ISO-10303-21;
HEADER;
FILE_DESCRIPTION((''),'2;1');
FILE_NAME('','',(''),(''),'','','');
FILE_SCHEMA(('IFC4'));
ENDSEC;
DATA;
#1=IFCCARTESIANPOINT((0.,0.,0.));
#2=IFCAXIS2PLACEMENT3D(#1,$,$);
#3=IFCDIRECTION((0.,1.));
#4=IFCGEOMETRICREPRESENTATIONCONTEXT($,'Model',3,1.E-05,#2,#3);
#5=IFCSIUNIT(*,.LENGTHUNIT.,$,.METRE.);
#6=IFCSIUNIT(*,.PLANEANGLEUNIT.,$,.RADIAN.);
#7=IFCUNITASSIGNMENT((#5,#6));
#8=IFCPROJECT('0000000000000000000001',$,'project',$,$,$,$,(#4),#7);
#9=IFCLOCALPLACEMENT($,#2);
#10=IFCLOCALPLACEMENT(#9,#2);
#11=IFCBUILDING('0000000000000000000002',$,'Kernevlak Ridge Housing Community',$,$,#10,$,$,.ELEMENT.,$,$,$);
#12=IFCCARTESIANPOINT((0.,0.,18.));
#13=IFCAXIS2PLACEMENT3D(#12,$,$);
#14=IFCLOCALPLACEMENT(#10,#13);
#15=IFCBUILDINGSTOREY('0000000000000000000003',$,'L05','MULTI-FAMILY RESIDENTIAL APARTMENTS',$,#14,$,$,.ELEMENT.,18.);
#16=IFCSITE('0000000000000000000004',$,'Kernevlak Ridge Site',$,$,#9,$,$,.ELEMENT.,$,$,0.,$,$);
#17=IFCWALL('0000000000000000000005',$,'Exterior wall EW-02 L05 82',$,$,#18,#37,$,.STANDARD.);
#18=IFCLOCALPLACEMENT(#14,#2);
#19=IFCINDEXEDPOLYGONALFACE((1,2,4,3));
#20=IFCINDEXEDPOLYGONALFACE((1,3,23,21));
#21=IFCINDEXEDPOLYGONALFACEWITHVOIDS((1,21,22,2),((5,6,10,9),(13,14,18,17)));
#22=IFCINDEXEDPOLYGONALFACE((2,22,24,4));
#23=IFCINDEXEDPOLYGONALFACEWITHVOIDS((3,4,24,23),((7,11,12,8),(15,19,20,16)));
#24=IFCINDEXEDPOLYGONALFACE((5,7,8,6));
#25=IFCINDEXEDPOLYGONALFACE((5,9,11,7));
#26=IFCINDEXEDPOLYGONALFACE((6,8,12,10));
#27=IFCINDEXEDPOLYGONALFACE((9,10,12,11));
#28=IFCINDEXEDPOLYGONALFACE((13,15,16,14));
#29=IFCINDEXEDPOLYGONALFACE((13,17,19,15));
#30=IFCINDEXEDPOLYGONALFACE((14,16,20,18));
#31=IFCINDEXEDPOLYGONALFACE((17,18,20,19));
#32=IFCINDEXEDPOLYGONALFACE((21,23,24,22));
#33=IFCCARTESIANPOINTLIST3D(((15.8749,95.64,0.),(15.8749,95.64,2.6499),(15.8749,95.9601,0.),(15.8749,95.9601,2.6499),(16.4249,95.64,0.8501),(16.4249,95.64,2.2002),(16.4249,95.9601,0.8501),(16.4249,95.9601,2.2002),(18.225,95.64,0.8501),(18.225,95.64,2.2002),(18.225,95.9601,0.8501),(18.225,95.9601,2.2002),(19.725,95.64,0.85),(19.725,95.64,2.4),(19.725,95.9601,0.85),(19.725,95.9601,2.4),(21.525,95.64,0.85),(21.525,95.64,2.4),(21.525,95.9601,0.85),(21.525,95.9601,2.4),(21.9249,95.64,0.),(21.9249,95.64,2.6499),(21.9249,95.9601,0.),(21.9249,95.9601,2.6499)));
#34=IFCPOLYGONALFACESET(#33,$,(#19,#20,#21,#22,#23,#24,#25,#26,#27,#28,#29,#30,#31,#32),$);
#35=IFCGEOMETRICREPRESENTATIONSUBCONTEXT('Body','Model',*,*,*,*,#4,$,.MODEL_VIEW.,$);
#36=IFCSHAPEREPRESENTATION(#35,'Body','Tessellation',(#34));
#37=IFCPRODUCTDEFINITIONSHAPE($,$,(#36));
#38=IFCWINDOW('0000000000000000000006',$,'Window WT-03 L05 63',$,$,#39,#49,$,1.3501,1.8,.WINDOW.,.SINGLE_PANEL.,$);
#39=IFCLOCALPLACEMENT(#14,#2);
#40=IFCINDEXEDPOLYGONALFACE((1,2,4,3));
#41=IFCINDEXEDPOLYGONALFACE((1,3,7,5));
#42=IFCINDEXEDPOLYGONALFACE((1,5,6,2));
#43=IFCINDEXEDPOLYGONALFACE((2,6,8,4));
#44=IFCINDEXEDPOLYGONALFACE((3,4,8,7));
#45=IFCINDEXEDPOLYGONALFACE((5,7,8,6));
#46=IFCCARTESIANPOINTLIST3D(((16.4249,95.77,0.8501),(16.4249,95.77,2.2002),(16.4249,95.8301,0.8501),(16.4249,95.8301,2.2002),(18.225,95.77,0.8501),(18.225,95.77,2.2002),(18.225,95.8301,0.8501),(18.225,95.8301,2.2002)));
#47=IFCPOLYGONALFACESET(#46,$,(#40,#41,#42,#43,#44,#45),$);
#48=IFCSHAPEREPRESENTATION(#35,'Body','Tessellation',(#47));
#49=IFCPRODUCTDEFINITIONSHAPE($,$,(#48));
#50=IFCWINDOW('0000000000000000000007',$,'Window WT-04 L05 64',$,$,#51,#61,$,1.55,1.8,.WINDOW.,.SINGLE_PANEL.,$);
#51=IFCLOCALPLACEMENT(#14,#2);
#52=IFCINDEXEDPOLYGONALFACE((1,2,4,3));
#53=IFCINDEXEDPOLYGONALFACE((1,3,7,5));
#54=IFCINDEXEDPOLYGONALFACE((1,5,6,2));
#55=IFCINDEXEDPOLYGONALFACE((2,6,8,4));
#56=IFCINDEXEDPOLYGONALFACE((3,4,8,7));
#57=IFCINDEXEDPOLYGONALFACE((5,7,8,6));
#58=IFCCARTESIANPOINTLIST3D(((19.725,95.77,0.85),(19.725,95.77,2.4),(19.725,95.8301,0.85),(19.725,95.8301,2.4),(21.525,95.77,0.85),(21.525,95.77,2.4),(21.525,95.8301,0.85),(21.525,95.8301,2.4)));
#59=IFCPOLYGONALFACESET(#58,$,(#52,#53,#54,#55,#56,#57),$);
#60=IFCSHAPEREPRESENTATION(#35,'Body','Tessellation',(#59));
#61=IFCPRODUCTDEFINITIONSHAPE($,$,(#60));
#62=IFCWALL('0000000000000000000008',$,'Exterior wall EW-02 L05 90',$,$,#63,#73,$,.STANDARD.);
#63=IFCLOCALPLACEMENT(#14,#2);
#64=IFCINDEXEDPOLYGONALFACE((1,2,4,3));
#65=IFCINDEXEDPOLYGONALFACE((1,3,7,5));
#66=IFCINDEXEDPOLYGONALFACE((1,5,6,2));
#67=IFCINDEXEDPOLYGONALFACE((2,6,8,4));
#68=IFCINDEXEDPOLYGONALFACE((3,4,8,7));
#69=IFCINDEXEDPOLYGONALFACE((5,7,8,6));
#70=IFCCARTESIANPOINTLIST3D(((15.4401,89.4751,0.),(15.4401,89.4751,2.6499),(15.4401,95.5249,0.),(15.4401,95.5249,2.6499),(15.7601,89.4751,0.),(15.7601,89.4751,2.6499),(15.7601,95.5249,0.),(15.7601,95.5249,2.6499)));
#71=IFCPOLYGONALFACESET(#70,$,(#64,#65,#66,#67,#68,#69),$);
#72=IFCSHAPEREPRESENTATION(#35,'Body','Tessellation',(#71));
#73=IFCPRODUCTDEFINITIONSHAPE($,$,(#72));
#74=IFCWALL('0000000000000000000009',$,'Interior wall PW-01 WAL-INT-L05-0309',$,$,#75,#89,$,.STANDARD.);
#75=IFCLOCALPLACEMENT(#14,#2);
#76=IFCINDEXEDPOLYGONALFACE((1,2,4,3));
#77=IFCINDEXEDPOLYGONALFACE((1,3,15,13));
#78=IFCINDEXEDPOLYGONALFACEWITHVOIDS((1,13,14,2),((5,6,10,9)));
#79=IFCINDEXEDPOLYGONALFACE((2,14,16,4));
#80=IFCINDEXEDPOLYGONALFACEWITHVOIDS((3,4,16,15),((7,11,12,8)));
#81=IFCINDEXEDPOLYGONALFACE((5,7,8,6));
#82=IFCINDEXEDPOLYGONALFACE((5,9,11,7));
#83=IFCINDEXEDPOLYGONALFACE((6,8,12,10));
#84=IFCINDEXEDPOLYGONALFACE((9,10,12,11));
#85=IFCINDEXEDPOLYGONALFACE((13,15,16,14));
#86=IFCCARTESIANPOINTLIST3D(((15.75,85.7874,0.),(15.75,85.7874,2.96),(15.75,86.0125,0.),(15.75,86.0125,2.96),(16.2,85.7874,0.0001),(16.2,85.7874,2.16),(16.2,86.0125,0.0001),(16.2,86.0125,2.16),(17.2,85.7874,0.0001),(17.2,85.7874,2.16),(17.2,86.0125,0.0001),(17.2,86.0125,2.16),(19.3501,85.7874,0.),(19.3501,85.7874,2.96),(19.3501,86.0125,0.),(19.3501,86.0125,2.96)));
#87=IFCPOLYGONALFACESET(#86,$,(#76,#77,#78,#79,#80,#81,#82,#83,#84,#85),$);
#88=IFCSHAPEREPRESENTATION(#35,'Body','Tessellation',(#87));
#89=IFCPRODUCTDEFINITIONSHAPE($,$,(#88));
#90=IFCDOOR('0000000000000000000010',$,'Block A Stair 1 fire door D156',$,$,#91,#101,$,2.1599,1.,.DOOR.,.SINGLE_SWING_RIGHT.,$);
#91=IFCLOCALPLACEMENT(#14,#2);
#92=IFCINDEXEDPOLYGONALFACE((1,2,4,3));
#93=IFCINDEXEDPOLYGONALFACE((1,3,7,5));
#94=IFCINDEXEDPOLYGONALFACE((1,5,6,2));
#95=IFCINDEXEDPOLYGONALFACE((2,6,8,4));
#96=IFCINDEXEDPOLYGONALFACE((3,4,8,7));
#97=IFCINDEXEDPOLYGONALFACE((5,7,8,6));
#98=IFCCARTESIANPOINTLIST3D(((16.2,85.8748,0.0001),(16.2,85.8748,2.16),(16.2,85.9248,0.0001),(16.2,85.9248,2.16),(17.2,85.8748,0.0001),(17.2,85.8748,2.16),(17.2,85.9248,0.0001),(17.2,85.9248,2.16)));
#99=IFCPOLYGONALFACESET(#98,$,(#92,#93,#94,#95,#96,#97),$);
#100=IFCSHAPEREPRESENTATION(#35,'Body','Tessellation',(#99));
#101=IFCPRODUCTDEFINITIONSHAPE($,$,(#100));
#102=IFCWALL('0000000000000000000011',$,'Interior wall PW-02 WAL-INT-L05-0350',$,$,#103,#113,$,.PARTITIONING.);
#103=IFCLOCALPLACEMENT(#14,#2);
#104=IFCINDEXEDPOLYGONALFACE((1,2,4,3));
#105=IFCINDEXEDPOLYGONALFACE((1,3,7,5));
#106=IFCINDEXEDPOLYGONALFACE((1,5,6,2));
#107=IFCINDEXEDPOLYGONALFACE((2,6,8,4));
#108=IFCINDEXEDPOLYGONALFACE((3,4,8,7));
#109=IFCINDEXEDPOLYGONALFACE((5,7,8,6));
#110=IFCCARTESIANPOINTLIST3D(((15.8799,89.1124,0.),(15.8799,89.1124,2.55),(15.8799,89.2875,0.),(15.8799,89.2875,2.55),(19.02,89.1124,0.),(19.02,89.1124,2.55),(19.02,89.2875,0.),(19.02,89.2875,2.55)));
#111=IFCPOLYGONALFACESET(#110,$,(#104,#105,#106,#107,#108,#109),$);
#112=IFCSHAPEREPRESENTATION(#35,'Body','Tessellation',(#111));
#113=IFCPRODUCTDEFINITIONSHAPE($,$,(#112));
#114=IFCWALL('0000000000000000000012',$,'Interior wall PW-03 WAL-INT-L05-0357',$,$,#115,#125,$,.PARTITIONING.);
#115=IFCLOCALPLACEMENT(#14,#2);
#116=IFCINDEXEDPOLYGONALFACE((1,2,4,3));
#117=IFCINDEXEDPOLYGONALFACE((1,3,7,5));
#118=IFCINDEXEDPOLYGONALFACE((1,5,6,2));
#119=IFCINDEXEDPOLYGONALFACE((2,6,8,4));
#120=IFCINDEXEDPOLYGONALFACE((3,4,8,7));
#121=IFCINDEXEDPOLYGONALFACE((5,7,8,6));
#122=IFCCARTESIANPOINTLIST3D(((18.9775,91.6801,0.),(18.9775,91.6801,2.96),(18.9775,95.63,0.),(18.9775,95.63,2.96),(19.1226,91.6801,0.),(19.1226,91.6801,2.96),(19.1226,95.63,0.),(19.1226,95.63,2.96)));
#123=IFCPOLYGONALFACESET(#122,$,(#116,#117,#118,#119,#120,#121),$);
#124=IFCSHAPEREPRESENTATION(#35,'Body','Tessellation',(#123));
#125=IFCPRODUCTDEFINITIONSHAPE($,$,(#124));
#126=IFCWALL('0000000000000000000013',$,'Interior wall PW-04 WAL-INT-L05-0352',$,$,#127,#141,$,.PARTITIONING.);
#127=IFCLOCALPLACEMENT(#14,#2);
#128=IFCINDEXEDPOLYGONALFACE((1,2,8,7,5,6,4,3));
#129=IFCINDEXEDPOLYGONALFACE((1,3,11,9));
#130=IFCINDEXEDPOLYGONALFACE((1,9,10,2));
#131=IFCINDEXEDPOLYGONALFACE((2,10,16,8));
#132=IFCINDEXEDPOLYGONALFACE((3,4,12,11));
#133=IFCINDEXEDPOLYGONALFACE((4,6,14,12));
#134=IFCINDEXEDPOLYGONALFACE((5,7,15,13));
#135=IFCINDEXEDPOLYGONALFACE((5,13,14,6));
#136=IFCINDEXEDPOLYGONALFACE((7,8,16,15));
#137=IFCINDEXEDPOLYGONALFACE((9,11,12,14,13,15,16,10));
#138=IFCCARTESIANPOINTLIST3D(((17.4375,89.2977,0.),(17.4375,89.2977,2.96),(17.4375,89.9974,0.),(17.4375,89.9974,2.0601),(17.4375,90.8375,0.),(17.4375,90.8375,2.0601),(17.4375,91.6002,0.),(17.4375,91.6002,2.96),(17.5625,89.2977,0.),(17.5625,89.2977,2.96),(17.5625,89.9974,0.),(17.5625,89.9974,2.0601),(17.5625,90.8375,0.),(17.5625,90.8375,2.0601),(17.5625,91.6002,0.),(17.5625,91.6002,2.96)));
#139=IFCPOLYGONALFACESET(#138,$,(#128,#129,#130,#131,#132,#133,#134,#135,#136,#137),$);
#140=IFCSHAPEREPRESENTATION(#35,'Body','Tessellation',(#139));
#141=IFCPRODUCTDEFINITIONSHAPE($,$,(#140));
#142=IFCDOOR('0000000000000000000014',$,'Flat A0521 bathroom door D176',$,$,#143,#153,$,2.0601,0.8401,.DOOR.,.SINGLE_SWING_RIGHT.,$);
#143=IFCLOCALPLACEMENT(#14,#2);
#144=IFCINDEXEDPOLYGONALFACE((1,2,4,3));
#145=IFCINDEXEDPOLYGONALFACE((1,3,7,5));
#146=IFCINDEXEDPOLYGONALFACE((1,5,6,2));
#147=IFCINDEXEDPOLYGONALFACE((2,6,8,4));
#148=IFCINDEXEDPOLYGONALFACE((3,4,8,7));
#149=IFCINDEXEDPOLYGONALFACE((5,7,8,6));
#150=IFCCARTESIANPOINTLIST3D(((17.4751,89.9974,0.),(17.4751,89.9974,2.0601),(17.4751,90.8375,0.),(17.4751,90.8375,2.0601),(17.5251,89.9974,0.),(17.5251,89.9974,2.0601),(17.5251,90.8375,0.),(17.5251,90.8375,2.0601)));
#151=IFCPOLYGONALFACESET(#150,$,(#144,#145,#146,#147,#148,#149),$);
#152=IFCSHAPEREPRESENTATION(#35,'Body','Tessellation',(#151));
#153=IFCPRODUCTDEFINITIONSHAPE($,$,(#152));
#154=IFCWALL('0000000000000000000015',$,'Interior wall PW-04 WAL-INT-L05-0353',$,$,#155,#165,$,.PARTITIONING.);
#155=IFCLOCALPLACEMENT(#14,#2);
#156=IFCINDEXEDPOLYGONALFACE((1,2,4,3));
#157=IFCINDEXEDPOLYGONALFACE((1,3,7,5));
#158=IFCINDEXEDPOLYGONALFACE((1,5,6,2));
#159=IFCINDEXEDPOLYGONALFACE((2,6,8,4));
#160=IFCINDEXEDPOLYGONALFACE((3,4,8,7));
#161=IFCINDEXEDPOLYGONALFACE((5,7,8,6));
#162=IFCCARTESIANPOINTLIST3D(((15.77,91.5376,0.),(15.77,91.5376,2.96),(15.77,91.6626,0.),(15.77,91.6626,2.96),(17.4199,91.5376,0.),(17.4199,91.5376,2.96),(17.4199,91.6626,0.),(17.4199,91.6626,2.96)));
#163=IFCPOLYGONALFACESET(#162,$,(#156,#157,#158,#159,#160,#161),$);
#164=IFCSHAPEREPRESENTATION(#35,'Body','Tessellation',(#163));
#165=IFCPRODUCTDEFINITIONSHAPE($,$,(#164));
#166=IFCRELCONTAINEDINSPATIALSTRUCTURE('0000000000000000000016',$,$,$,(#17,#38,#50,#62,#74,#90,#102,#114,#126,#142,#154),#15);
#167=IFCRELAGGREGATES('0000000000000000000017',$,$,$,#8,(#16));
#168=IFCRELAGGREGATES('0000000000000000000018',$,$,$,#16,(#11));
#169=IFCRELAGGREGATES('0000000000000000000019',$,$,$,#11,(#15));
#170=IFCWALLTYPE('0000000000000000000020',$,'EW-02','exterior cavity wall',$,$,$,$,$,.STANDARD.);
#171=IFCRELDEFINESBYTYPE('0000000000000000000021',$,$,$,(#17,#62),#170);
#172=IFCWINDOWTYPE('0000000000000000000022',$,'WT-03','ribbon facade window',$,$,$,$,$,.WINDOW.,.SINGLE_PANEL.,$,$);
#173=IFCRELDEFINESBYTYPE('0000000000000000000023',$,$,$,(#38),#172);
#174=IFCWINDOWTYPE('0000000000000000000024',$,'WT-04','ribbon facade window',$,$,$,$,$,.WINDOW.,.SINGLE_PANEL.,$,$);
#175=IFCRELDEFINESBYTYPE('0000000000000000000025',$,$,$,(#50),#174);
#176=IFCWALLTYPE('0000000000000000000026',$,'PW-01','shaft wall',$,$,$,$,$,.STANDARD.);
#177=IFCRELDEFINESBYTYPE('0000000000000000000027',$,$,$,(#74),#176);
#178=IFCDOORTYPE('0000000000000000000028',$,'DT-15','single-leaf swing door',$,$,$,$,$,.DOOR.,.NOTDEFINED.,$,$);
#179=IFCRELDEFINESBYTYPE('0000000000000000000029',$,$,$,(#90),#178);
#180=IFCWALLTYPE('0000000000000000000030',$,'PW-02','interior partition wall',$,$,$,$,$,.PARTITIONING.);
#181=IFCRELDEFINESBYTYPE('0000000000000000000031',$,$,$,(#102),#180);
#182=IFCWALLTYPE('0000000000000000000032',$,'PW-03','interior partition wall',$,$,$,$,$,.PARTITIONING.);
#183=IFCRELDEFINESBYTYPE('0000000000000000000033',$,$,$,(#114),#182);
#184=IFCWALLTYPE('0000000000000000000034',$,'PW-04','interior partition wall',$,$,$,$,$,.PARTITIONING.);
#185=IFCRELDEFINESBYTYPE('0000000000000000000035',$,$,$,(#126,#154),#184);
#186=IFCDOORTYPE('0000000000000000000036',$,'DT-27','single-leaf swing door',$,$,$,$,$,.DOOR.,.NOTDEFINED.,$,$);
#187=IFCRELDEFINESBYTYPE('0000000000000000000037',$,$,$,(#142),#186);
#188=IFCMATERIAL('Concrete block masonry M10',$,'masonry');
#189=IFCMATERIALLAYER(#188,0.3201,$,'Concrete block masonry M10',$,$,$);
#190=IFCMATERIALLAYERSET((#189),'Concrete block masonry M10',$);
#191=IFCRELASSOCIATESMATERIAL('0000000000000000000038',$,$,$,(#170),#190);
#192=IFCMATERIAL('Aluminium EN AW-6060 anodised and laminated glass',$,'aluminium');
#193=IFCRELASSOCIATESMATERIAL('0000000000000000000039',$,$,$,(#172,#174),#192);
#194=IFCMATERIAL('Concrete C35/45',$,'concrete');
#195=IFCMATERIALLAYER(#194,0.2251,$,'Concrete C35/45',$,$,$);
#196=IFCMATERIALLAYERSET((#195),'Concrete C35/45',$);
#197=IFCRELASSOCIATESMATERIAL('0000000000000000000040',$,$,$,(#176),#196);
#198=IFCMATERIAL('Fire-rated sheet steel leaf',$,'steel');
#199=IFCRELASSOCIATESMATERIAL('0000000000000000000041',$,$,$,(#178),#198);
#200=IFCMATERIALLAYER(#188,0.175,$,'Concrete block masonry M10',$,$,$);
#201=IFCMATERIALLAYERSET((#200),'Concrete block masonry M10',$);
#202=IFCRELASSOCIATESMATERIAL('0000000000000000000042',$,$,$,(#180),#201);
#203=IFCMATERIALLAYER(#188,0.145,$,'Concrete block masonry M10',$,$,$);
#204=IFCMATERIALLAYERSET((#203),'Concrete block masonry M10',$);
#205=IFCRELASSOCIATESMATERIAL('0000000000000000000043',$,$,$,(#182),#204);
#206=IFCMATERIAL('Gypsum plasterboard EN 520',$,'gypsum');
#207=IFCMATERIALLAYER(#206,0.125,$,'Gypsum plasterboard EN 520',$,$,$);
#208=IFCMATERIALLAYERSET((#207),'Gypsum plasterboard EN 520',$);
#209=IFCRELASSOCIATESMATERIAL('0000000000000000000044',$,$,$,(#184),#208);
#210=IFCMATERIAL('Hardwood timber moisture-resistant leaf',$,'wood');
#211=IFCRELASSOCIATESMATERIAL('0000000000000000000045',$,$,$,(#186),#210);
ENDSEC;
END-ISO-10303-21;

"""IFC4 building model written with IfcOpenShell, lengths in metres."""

from ifc_helpers import new_model, si_unit, direction, frame, frame_2d, origin, place, context, subcontext, project, spatial, rectangle, extrude, material, layer, layer_set, type_object, element, fill, save


model = new_model("IFC4")

# Units and contexts
model_context = context("Model", 3, precision=1e-05, world=origin(), true_north=direction((0.0, 1.0)))
body_context = subcontext(model_context, "Body", "Model", "MODEL_VIEW")
ifc_project = project(units=[si_unit("LENGTHUNIT", "METRE"), si_unit("PLANEANGLEUNIT", "RADIAN")], contexts=[model_context])

# Site, building, storey
site_placement = place(None, origin())
site = spatial("IfcSite", under=ifc_project, at=site_placement, Name="Kernevlak Ridge Site", CompositionType="ELEMENT", RefElevation=0.0)
building_placement = place(site_placement, origin())
building = spatial("IfcBuilding", under=site, at=building_placement, Name="Kernevlak Ridge Housing Community", CompositionType="ELEMENT")
storey_placement = place(building_placement, frame((0.0, 0.0, 18.0)))
storey = spatial("IfcBuildingStorey", under=building, at=storey_placement, Name="L05", Description="MULTI-FAMILY RESIDENTIAL APARTMENTS", CompositionType="ELEMENT", Elevation=18.0)

# Shared definitions
ifc_material_1 = material(Name="Concrete C35/45", Category="concrete")

# Shared definitions
ifc_material_2 = material(Name="Aluminium EN AW-6060 anodised and laminated glass", Category="aluminium")

# Wall, openings, windows
ifc_material_3 = material(Name="Concrete block masonry M10", Category="masonry")
ifc_layer_1 = layer(ifc_material_3, 0.3201, Name="Concrete block masonry M10")
ifc_layer_set_1 = layer_set([ifc_layer_1], Name="Concrete block masonry M10")
wall_type_1 = type_object("IfcWallType", Name="EW-02", Description="exterior cavity wall", PredefinedType="STANDARD", material=ifc_layer_set_1)
wall_1_placement = place(storey_placement, frame((15.875, 95.8, 0.0), z_axis=(0.0, 0.0, 1.0), x_axis=(1.0, 0.0, 0.0)))
wall_1 = element("IfcWall", 1, at=wall_1_placement, inside=storey, type_object=wall_type_1, Name="Exterior wall EW-02 L05 82", PredefinedType="STANDARD", context=body_context, shape_type="SweptSolid", body=[
    extrude(rectangle(XDim=6.05, YDim=0.3201, at=frame_2d((3.0249, 0.0))), origin(), (0.0, 0.0, 1.0), 2.6499),
])
opening_1_placement = place(wall_1_placement, frame((0.55, 0.0, 0.8501)))
opening_1 = element("IfcOpeningElement", 2, at=opening_1_placement, cuts=wall_1, PredefinedType="OPENING", context=body_context, shape_type="SweptSolid", body=[
    extrude(rectangle(XDim=1.8, YDim=1.3501, at=frame_2d((0.8999, 0.675))), frame((0.0, 0.1699, 0.0), z_axis=(0.0, -1.0, 0.0), x_axis=(1.0, 0.0, 0.0)), (0.0, 0.0, 1.0), 0.3401),
])
opening_2_placement = place(wall_1_placement, frame((3.8501, 0.0, 0.8501)))
opening_2 = element("IfcOpeningElement", 3, at=opening_2_placement, cuts=wall_1, PredefinedType="OPENING", context=body_context, shape_type="SweptSolid", body=[
    extrude(rectangle(XDim=1.8, YDim=1.55, at=frame_2d((0.8999, 0.7749))), frame((0.0, 0.1699, 0.0), z_axis=(0.0, -1.0, 0.0), x_axis=(1.0, 0.0, 0.0)), (0.0, 0.0, 1.0), 0.3401),
])
window_type_1 = type_object("IfcWindowType", Name="WT-03", Description="ribbon facade window", PartitioningType="SINGLE_PANEL", PredefinedType="WINDOW", material=ifc_material_2)
window_1_placement = place(opening_1_placement, origin())
window_1 = element("IfcWindow", 4, at=window_1_placement, inside=storey, type_object=window_type_1, Name="Window WT-03 L05 63", OverallHeight=1.3501, OverallWidth=1.8, PartitioningType="SINGLE_PANEL", PredefinedType="WINDOW", context=body_context, shape_type="SweptSolid", body=[
    extrude(rectangle(XDim=1.8, YDim=1.3501, at=frame_2d((0.8999, 0.675))), frame((0.0, 0.03, 0.0), z_axis=(0.0, -1.0, 0.0), x_axis=(1.0, 0.0, 0.0)), (0.0, 0.0, 1.0), 0.0601),
])
fill(opening_1, window_1)
window_type_2 = type_object("IfcWindowType", Name="WT-04", Description="ribbon facade window", PartitioningType="SINGLE_PANEL", PredefinedType="WINDOW", material=ifc_material_2)
window_2_placement = place(opening_2_placement, origin())
window_2 = element("IfcWindow", 5, at=window_2_placement, inside=storey, type_object=window_type_2, Name="Window WT-04 L05 64", OverallHeight=1.55, OverallWidth=1.8, PartitioningType="SINGLE_PANEL", PredefinedType="WINDOW", context=body_context, shape_type="SweptSolid", body=[
    extrude(rectangle(XDim=1.8, YDim=1.55, at=frame_2d((0.8999, 0.7749))), frame((0.0, 0.03, 0.0), z_axis=(0.0, -1.0, 0.0), x_axis=(1.0, 0.0, 0.0)), (0.0, 0.0, 1.0), 0.0601),
])
fill(opening_2, window_2)

# Wall
wall_2_placement = place(storey_placement, frame((15.6001, 89.4751, 0.0), z_axis=(0.0, 0.0, 1.0), x_axis=(0.0, 1.0, 0.0)))
element("IfcWall", 6, at=wall_2_placement, inside=storey, type_object=wall_type_1, Name="Exterior wall EW-02 L05 90", PredefinedType="STANDARD", context=body_context, shape_type="SweptSolid", body=[
    extrude(rectangle(XDim=6.0498, YDim=0.3201, at=frame_2d((3.0249, 0.0))), origin(), (0.0, 0.0, 1.0), 2.6499),
])

# Wall, opening, door
ifc_layer_2 = layer(ifc_material_1, 0.2251, Name="Concrete C35/45")
ifc_layer_set_2 = layer_set([ifc_layer_2], Name="Concrete C35/45")
wall_type_2 = type_object("IfcWallType", Name="PW-01", Description="shaft wall", PredefinedType="STANDARD", material=ifc_layer_set_2)
wall_3_placement = place(storey_placement, frame((15.75, 85.8999, 0.0), z_axis=(0.0, 0.0, 1.0), x_axis=(1.0, 0.0, 0.0)))
wall_3 = element("IfcWall", 7, at=wall_3_placement, inside=storey, type_object=wall_type_2, Name="Interior wall PW-01 WAL-INT-L05-0309", PredefinedType="STANDARD", context=body_context, shape_type="SweptSolid", body=[
    extrude(rectangle(XDim=3.6001, YDim=0.2251, at=frame_2d((1.8, 0.0))), origin(), (0.0, 0.0, 1.0), 2.96),
])
opening_3_placement = place(wall_3_placement, frame((0.45, 0.0, 0.0)))
opening_3 = element("IfcOpeningElement", 8, at=opening_3_placement, cuts=wall_3, PredefinedType="OPENING", context=body_context, shape_type="SweptSolid", body=[
    extrude(rectangle(XDim=1.0, YDim=2.1599, at=frame_2d((0.5, 1.0801))), frame((0.0, 0.1226, 0.0), z_axis=(0.0, -1.0, 0.0), x_axis=(1.0, 0.0, 0.0)), (0.0, 0.0, 1.0), 0.2451),
])
ifc_material_4 = material(Name="Fire-rated sheet steel leaf", Category="steel")
door_type_1 = type_object("IfcDoorType", Name="DT-15", Description="single-leaf swing door", OperationType="NOTDEFINED", PredefinedType="DOOR", material=ifc_material_4)
door_1_placement = place(opening_3_placement, origin())
door_1 = element("IfcDoor", 9, at=door_1_placement, inside=storey, type_object=door_type_1, Name="Block A Stair 1 fire door D156", OperationType="SINGLE_SWING_RIGHT", OverallHeight=2.1599, OverallWidth=1.0, PredefinedType="DOOR", context=body_context, shape_type="SweptSolid", body=[
    extrude(rectangle(XDim=1.0, YDim=2.1599, at=frame_2d((0.5, 1.0801))), frame((0.0, 0.0249, 0.0), z_axis=(0.0, -1.0, 0.0), x_axis=(1.0, 0.0, 0.0)), (0.0, 0.0, 1.0), 0.05),
])
fill(opening_3, door_1)
ifc_layer_3 = layer(ifc_material_3, 0.175, Name="Concrete block masonry M10")
ifc_layer_set_3 = layer_set([ifc_layer_3], Name="Concrete block masonry M10")
wall_type_3 = type_object("IfcWallType", Name="PW-02", Description="interior partition wall", PredefinedType="PARTITIONING", material=ifc_layer_set_3)

# Walls
wall_4_placement = place(storey_placement, frame((15.8799, 89.2, 0.0), z_axis=(0.0, 0.0, 1.0), x_axis=(1.0, 0.0, 0.0)))
element("IfcWall", 10, at=wall_4_placement, inside=storey, type_object=wall_type_3, Name="Interior wall PW-02 WAL-INT-L05-0350", PredefinedType="PARTITIONING", context=body_context, shape_type="SweptSolid", body=[
    extrude(rectangle(XDim=3.1401, YDim=0.175, at=frame_2d((1.5701, 0.0))), origin(), (0.0, 0.0, 1.0), 2.55),
])
ifc_layer_4 = layer(ifc_material_3, 0.145, Name="Concrete block masonry M10")
ifc_layer_set_4 = layer_set([ifc_layer_4], Name="Concrete block masonry M10")
wall_type_4 = type_object("IfcWallType", Name="PW-03", Description="interior partition wall", PredefinedType="PARTITIONING", material=ifc_layer_set_4)
wall_5_placement = place(storey_placement, frame((19.05, 91.6799, 0.0), z_axis=(0.0, 0.0, 1.0), x_axis=(0.0, 1.0, 0.0)))
element("IfcWall", 11, at=wall_5_placement, inside=storey, type_object=wall_type_4, Name="Interior wall PW-03 WAL-INT-L05-0357", PredefinedType="PARTITIONING", context=body_context, shape_type="SweptSolid", body=[
    extrude(rectangle(XDim=3.95, YDim=0.145, at=frame_2d((1.9751, 0.0))), origin(), (0.0, 0.0, 1.0), 2.96),
])

# Wall, opening, door
ifc_material_5 = material(Name="Gypsum plasterboard EN 520", Category="gypsum")
ifc_layer_5 = layer(ifc_material_5, 0.125, Name="Gypsum plasterboard EN 520")
ifc_layer_set_5 = layer_set([ifc_layer_5], Name="Gypsum plasterboard EN 520")
wall_type_5 = type_object("IfcWallType", Name="PW-04", Description="interior partition wall", PredefinedType="PARTITIONING", material=ifc_layer_set_5)
wall_6_placement = place(storey_placement, frame((17.5, 89.2976, 0.0), z_axis=(0.0, 0.0, 1.0), x_axis=(0.0, 1.0, 0.0)))
wall_6 = element("IfcWall", 12, at=wall_6_placement, inside=storey, type_object=wall_type_5, Name="Interior wall PW-04 WAL-INT-L05-0352", PredefinedType="PARTITIONING", context=body_context, shape_type="SweptSolid", body=[
    extrude(rectangle(XDim=2.3025, YDim=0.125, at=frame_2d((1.1514, 0.0))), origin(), (0.0, 0.0, 1.0), 2.96),
])
opening_4_placement = place(wall_6_placement, frame((0.7, 0.0, 0.0)))
opening_4 = element("IfcOpeningElement", 13, at=opening_4_placement, cuts=wall_6, PredefinedType="OPENING", context=body_context, shape_type="SweptSolid", body=[
    extrude(rectangle(XDim=0.8401, YDim=2.0601, at=frame_2d((0.4199, 1.03))), frame((0.0, 0.0725, 0.0), z_axis=(0.0, -1.0, 0.0), x_axis=(1.0, 0.0, 0.0)), (0.0, 0.0, 1.0), 0.145),
])
ifc_material_6 = material(Name="Hardwood timber moisture-resistant leaf", Category="wood")
door_type_2 = type_object("IfcDoorType", Name="DT-27", Description="single-leaf swing door", OperationType="NOTDEFINED", PredefinedType="DOOR", material=ifc_material_6)
door_2_placement = place(opening_4_placement, origin())
door_2 = element("IfcDoor", 14, at=door_2_placement, inside=storey, type_object=door_type_2, Name="Flat A0521 bathroom door D176", OperationType="SINGLE_SWING_RIGHT", OverallHeight=2.0601, OverallWidth=0.8401, PredefinedType="DOOR", context=body_context, shape_type="SweptSolid", body=[
    extrude(rectangle(XDim=0.8401, YDim=2.0601, at=frame_2d((0.4199, 1.03))), frame((0.0, 0.0249, 0.0), z_axis=(0.0, -1.0, 0.0), x_axis=(1.0, 0.0, 0.0)), (0.0, 0.0, 1.0), 0.05),
])
fill(opening_4, door_2)

# Wall
wall_7_placement = place(storey_placement, frame((15.77, 91.6001, 0.0), z_axis=(0.0, 0.0, 1.0), x_axis=(1.0, 0.0, 0.0)))
element("IfcWall", 15, at=wall_7_placement, inside=storey, type_object=wall_type_5, Name="Interior wall PW-04 WAL-INT-L05-0353", PredefinedType="PARTITIONING", context=body_context, shape_type="SweptSolid", body=[
    extrude(rectangle(XDim=1.6499, YDim=0.125, at=frame_2d((0.825, 0.0))), origin(), (0.0, 0.0, 1.0), 2.96),
])

save(model, "model.ifc")
